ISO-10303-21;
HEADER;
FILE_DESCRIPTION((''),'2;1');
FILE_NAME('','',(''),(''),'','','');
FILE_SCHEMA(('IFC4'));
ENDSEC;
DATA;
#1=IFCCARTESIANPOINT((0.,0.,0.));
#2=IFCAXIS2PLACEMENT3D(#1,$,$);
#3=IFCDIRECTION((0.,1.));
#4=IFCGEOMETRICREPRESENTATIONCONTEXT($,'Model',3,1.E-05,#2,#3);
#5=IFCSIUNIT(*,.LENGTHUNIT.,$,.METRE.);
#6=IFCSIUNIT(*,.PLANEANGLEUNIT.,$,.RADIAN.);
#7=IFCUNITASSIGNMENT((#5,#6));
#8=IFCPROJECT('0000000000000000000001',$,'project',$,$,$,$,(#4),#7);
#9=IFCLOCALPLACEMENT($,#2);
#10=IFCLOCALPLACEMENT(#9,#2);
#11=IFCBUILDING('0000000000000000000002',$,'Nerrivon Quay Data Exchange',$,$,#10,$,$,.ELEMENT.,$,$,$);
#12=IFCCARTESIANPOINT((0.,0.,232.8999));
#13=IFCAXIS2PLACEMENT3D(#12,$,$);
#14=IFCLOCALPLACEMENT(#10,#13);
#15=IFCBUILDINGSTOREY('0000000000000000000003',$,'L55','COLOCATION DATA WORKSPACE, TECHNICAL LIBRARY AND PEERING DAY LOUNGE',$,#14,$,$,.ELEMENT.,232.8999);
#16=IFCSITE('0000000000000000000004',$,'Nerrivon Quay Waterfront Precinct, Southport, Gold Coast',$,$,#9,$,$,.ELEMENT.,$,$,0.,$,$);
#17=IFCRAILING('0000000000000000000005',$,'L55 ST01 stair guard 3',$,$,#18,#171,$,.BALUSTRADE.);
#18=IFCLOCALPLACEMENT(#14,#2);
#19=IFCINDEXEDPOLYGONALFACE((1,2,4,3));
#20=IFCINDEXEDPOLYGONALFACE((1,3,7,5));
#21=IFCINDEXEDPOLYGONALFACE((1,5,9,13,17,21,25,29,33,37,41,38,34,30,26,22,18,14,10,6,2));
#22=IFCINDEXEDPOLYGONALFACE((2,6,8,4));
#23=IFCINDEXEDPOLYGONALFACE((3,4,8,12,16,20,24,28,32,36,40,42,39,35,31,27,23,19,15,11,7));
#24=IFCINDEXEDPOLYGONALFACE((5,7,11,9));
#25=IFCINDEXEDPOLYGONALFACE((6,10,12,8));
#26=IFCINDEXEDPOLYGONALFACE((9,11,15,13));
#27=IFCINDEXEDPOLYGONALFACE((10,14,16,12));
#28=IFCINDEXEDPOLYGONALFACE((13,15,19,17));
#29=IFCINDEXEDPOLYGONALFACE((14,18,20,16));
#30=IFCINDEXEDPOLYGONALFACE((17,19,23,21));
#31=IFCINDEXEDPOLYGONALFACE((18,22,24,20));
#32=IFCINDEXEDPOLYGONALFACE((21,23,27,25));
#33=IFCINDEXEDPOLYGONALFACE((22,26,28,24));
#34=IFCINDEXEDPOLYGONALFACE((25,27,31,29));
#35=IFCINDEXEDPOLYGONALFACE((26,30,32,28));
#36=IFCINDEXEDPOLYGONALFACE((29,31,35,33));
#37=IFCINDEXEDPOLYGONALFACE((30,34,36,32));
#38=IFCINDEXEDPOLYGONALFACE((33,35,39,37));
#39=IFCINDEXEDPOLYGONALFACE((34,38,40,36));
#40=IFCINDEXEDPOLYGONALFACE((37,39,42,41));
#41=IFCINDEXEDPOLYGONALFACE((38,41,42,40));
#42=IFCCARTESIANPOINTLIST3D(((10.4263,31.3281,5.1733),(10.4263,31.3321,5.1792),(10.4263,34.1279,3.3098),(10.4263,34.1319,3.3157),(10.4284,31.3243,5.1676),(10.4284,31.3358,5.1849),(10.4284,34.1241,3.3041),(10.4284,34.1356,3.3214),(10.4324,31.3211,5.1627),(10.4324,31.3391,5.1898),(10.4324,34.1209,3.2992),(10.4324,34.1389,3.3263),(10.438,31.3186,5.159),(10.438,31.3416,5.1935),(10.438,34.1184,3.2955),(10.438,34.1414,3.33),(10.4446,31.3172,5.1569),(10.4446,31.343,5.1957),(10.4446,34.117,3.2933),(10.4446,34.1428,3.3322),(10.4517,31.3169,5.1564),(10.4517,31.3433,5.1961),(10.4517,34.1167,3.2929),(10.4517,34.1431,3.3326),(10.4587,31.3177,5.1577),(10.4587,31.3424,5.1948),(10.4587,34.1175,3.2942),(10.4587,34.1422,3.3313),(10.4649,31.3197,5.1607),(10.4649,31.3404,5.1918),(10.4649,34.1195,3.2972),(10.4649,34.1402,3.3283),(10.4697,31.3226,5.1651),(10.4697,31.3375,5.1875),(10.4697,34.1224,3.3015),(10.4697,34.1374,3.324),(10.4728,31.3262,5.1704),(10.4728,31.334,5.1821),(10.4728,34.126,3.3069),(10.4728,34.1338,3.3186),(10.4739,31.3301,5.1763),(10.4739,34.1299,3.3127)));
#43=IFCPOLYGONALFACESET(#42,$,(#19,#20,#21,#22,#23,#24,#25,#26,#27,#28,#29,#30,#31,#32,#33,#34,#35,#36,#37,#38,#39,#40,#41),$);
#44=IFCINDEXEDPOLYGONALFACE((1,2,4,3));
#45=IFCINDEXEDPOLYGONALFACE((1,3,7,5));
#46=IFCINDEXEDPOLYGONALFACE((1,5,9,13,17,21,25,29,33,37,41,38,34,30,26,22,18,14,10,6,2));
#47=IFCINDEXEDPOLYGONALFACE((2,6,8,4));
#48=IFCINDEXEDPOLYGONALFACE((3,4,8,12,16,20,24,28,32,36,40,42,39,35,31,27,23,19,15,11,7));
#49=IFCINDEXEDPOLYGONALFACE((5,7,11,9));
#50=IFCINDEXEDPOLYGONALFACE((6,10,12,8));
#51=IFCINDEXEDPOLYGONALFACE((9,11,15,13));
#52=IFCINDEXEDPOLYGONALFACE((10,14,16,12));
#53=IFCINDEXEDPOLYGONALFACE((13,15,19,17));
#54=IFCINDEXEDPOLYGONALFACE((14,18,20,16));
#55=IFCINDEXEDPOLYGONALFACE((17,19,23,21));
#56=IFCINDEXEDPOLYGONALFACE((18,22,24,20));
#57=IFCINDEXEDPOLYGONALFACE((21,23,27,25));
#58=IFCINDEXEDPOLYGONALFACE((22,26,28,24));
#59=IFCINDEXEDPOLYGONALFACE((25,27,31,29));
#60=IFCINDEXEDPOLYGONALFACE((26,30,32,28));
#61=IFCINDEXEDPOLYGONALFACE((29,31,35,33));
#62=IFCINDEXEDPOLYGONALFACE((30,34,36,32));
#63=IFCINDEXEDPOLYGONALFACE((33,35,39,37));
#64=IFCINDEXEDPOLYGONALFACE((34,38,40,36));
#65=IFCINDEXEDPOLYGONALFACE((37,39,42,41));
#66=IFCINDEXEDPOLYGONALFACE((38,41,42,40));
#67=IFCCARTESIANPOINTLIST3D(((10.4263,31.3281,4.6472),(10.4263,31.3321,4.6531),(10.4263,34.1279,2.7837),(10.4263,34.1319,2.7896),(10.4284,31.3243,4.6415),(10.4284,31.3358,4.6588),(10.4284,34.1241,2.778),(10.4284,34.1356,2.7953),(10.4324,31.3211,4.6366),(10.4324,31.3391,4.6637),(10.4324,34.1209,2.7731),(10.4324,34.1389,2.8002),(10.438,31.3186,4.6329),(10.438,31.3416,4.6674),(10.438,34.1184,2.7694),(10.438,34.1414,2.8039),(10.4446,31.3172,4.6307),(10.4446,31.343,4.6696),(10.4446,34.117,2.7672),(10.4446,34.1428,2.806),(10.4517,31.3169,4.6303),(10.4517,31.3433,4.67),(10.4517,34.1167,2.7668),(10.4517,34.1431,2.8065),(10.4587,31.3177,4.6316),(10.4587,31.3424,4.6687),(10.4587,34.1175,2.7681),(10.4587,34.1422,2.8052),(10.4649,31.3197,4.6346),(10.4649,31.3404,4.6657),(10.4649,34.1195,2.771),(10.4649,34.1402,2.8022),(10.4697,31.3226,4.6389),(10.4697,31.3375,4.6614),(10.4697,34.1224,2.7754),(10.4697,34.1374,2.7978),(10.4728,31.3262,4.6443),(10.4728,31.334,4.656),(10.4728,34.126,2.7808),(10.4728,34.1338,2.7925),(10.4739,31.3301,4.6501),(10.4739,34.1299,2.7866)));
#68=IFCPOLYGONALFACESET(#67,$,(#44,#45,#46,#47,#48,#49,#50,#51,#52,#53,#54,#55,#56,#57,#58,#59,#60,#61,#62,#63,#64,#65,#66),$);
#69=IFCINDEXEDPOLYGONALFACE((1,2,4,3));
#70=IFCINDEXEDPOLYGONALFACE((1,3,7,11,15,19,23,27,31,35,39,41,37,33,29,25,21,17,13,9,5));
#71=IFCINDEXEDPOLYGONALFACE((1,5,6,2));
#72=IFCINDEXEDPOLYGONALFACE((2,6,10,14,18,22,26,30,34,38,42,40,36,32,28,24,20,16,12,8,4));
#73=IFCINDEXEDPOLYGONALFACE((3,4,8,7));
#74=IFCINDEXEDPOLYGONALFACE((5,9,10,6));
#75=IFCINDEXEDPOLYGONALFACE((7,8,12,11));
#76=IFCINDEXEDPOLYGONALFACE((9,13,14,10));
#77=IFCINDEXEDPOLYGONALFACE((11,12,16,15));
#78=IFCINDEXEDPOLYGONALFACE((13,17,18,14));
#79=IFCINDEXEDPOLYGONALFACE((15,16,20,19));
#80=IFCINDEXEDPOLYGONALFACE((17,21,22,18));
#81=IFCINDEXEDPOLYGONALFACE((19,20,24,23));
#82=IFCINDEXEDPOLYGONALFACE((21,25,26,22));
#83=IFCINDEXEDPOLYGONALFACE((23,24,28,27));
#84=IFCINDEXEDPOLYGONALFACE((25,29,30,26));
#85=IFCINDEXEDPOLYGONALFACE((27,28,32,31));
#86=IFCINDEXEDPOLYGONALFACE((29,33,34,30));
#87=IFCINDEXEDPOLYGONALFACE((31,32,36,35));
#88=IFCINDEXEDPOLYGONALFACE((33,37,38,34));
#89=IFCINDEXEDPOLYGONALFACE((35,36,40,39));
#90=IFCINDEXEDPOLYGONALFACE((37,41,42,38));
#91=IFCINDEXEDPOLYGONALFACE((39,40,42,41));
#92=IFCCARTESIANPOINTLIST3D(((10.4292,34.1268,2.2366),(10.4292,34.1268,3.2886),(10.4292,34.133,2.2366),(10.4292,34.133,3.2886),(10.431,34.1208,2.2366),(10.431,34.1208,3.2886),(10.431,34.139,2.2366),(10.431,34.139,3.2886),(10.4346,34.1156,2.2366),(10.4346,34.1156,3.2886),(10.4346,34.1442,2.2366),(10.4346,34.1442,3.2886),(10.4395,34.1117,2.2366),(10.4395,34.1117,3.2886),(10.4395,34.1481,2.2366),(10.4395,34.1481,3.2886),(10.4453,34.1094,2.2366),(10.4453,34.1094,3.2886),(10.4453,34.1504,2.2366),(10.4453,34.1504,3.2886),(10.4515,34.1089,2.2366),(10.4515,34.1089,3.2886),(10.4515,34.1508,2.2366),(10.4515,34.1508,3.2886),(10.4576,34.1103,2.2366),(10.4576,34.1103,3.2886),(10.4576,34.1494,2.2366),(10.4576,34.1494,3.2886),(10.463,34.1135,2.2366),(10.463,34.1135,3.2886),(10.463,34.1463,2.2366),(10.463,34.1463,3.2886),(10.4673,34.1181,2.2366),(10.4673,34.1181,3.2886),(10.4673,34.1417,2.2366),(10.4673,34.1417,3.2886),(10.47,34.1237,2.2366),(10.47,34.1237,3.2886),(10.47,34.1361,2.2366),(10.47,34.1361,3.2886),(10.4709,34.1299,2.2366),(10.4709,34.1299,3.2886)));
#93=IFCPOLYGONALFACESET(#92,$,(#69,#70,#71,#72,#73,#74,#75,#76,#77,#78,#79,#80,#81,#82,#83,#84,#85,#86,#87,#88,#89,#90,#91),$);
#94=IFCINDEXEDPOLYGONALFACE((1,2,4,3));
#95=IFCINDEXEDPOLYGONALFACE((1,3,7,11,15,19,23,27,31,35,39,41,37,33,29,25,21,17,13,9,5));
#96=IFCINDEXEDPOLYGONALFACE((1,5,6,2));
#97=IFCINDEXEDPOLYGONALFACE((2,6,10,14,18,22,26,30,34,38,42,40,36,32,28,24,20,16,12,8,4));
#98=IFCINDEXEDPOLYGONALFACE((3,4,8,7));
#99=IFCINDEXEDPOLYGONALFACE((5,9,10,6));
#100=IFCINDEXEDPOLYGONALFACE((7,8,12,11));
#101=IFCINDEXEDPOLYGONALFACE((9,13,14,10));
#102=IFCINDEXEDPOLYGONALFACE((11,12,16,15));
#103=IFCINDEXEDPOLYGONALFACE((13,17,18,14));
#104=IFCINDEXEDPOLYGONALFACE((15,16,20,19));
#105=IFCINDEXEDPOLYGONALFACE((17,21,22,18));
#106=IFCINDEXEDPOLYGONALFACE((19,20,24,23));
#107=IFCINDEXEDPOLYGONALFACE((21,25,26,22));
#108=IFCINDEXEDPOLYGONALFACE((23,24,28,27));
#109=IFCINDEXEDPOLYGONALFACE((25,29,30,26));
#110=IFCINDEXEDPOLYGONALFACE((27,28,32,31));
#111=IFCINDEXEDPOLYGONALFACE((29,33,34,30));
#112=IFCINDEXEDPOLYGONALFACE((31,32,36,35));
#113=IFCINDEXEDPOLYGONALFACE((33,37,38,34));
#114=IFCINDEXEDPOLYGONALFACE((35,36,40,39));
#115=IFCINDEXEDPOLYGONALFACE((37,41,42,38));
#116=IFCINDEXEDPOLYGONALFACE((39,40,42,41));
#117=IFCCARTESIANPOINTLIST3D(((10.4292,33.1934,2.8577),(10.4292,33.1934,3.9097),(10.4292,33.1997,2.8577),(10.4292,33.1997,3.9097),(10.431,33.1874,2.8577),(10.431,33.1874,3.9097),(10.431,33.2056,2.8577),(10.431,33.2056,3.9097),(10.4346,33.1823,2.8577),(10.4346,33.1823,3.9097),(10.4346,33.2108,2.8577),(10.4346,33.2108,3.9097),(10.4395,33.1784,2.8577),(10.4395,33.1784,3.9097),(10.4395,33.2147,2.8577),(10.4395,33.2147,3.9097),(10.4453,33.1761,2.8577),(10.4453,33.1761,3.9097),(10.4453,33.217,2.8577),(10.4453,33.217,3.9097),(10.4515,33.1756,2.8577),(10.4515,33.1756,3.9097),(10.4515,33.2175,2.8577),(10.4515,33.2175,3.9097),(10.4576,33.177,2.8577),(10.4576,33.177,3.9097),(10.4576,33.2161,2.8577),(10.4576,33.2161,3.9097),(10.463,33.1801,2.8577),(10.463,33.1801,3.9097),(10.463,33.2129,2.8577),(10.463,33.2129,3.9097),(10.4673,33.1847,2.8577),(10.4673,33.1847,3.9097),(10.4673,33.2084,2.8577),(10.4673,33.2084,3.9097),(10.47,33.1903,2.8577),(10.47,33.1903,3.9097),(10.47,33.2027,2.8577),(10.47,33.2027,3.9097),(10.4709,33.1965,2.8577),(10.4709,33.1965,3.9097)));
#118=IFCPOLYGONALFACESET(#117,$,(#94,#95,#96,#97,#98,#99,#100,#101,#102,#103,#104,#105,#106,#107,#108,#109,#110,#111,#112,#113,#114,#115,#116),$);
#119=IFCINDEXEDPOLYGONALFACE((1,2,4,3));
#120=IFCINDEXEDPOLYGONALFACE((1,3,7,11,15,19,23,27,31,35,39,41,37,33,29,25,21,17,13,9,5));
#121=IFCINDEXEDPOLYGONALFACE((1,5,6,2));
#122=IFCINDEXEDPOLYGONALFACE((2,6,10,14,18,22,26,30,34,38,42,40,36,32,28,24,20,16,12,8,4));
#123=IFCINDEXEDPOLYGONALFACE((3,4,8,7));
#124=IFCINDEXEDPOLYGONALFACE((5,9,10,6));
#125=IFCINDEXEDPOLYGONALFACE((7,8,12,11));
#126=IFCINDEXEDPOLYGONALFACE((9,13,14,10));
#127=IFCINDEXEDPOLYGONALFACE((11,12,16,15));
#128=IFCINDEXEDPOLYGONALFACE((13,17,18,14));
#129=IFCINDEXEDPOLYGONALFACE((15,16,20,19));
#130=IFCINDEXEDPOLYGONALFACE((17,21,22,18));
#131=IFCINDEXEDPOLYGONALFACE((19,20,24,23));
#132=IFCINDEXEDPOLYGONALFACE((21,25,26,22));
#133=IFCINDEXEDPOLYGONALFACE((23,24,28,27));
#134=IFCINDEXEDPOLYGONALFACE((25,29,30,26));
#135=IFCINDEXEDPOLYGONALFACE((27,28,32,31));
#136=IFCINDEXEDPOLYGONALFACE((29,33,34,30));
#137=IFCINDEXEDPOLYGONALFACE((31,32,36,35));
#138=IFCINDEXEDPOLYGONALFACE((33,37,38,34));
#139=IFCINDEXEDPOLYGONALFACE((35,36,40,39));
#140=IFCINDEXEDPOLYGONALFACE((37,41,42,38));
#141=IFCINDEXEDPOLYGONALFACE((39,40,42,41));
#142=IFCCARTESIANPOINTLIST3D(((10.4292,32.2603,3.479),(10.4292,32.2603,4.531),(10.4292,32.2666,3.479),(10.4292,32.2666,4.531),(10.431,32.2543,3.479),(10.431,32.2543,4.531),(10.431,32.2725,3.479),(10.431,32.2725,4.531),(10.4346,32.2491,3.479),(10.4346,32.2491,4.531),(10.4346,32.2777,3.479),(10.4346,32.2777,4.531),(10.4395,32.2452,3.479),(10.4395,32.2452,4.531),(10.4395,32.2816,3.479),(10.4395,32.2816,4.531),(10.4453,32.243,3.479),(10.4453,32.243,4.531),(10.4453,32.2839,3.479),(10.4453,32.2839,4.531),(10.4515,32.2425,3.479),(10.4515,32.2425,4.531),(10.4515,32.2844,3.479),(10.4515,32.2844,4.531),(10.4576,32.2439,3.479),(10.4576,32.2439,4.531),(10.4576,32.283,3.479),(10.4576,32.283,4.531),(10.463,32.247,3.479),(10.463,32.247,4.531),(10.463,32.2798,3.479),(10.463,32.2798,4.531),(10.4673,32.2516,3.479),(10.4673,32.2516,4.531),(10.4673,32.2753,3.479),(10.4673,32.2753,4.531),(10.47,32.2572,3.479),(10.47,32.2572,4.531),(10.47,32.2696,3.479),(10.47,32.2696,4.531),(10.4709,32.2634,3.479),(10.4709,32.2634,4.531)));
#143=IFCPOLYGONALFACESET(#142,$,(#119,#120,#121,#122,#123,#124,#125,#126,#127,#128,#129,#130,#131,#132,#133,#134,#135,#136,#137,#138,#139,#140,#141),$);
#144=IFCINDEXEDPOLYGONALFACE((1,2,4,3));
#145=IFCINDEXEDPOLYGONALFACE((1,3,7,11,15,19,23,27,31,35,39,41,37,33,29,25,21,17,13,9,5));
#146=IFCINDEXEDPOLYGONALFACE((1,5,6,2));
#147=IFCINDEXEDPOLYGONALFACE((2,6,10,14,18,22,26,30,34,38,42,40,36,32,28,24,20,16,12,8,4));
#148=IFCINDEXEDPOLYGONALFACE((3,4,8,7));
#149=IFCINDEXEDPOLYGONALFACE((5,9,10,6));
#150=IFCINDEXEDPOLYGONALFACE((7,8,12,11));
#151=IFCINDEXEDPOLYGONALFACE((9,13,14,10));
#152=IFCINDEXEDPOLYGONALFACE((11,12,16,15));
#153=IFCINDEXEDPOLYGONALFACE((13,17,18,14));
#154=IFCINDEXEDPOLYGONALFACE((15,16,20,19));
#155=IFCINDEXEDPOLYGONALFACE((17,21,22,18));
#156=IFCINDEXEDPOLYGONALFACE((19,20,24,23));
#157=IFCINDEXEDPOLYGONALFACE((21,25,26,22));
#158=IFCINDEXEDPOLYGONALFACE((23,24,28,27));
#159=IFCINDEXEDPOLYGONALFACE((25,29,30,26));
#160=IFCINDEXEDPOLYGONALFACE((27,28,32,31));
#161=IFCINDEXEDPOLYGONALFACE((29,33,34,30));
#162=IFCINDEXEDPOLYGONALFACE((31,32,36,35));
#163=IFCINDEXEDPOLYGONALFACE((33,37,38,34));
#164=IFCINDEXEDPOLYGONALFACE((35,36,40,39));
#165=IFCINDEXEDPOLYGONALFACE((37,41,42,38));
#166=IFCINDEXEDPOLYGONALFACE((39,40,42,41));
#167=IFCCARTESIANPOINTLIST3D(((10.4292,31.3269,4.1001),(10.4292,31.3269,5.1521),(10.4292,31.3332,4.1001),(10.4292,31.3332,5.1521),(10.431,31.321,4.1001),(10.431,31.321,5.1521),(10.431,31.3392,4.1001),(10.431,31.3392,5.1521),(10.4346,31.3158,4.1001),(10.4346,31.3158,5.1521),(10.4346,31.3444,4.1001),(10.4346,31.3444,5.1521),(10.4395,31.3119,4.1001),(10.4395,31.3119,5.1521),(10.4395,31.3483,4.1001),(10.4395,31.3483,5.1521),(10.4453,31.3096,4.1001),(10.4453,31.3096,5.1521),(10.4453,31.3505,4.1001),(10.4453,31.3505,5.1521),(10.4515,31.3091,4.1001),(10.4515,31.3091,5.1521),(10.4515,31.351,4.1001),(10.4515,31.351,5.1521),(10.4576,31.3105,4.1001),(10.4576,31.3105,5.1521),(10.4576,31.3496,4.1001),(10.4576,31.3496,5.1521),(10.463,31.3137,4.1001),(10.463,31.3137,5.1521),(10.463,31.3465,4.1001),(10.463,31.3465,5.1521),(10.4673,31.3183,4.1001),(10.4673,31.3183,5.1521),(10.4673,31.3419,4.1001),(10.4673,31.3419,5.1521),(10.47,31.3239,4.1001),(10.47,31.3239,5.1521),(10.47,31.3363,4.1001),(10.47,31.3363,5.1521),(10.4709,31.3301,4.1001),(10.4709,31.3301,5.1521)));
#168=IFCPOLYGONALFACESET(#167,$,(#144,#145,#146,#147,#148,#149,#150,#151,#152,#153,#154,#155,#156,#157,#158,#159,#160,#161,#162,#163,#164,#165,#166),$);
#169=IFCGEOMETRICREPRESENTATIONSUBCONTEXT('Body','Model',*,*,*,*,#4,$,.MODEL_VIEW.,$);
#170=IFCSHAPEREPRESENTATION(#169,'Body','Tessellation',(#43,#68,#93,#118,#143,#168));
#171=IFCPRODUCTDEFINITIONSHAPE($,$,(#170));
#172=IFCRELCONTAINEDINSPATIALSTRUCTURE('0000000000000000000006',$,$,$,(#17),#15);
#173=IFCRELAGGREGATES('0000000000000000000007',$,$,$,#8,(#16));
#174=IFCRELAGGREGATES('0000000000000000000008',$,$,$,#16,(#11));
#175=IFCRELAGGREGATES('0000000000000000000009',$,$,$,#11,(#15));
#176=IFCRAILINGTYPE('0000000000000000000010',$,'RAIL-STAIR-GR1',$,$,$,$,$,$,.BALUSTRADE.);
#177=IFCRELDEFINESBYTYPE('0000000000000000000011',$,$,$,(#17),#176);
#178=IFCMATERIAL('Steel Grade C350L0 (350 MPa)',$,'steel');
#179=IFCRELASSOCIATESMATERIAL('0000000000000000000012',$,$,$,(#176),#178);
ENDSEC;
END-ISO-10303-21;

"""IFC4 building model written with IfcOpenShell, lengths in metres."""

from ifc_helpers import new_model, si_unit, direction, frame, origin, origin_2d, place, context, subcontext, project, spatial, circle, extrude, material, type_object, element, save


model = new_model("IFC4")

# Units and contexts
model_context = context("Model", 3, precision=1e-05, world=origin(), true_north=direction((0.0, 1.0)))
body_context = subcontext(model_context, "Body", "Model", "MODEL_VIEW")
ifc_project = project(units=[si_unit("LENGTHUNIT", "METRE"), si_unit("PLANEANGLEUNIT", "RADIAN")], contexts=[model_context])

# Site, building, storey
site_placement = place(None, origin())
site = spatial("IfcSite", under=ifc_project, at=site_placement, Name="Nerrivon Quay Waterfront Precinct, Southport, Gold Coast", CompositionType="ELEMENT", RefElevation=0.0)
building_placement = place(site_placement, origin())
building = spatial("IfcBuilding", under=site, at=building_placement, Name="Nerrivon Quay Data Exchange", CompositionType="ELEMENT")
storey_placement = place(building_placement, frame((0.0, 0.0, 232.8999)))
storey = spatial("IfcBuildingStorey", under=building, at=storey_placement, Name="L55", Description="COLOCATION DATA WORKSPACE, TECHNICAL LIBRARY AND PEERING DAY LOUNGE", CompositionType="ELEMENT", Elevation=232.8999)

# Shared definitions
ifc_material_1 = material(Name="Steel Grade C350L0 (350 MPa)", Category="steel")

# Railing
railing_type_1 = type_object("IfcRailingType", Name="RAIL-STAIR-GR1", PredefinedType="BALUSTRADE", material=ifc_material_1)
railing_1_placement = place(storey_placement, frame((10.45, 34.1299, 2.2366)))
element("IfcRailing", 1, at=railing_1_placement, inside=storey, type_object=railing_type_1, Name="L55 ST01 stair guard 3", PredefinedType="BALUSTRADE", context=body_context, shape_type="SweptSolid", body=[
    extrude(circle(Radius=0.0239, at=origin_2d()), frame((0.0, 0.0, 1.0762), z_axis=(0.0, -0.832463, 0.55408), x_axis=(1.0, 0.0, 0.0)), (0.0, 0.0, 1.0), 3.3633),
    extrude(circle(Radius=0.0239, at=origin_2d()), frame((0.0, 0.0, 0.55), z_axis=(0.0, -0.832463, 0.55408), x_axis=(1.0, 0.0, 0.0)), (0.0, 0.0, 1.0), 3.3633),
    extrude(circle(Radius=0.021, at=origin_2d()), origin(), (0.0, 0.0, 1.0), 1.052),
    extrude(circle(Radius=0.021, at=origin_2d()), frame((0.0, -0.9333, 0.6211)), (0.0, 0.0, 1.0), 1.052),
    extrude(circle(Radius=0.021, at=origin_2d()), frame((0.0, -1.8665, 1.2424)), (0.0, 0.0, 1.0), 1.052),
    extrude(circle(Radius=0.021, at=origin_2d()), frame((0.0, -2.7998, 1.8635)), (0.0, 0.0, 1.0), 1.052),
])

save(model, "model.ifc")
